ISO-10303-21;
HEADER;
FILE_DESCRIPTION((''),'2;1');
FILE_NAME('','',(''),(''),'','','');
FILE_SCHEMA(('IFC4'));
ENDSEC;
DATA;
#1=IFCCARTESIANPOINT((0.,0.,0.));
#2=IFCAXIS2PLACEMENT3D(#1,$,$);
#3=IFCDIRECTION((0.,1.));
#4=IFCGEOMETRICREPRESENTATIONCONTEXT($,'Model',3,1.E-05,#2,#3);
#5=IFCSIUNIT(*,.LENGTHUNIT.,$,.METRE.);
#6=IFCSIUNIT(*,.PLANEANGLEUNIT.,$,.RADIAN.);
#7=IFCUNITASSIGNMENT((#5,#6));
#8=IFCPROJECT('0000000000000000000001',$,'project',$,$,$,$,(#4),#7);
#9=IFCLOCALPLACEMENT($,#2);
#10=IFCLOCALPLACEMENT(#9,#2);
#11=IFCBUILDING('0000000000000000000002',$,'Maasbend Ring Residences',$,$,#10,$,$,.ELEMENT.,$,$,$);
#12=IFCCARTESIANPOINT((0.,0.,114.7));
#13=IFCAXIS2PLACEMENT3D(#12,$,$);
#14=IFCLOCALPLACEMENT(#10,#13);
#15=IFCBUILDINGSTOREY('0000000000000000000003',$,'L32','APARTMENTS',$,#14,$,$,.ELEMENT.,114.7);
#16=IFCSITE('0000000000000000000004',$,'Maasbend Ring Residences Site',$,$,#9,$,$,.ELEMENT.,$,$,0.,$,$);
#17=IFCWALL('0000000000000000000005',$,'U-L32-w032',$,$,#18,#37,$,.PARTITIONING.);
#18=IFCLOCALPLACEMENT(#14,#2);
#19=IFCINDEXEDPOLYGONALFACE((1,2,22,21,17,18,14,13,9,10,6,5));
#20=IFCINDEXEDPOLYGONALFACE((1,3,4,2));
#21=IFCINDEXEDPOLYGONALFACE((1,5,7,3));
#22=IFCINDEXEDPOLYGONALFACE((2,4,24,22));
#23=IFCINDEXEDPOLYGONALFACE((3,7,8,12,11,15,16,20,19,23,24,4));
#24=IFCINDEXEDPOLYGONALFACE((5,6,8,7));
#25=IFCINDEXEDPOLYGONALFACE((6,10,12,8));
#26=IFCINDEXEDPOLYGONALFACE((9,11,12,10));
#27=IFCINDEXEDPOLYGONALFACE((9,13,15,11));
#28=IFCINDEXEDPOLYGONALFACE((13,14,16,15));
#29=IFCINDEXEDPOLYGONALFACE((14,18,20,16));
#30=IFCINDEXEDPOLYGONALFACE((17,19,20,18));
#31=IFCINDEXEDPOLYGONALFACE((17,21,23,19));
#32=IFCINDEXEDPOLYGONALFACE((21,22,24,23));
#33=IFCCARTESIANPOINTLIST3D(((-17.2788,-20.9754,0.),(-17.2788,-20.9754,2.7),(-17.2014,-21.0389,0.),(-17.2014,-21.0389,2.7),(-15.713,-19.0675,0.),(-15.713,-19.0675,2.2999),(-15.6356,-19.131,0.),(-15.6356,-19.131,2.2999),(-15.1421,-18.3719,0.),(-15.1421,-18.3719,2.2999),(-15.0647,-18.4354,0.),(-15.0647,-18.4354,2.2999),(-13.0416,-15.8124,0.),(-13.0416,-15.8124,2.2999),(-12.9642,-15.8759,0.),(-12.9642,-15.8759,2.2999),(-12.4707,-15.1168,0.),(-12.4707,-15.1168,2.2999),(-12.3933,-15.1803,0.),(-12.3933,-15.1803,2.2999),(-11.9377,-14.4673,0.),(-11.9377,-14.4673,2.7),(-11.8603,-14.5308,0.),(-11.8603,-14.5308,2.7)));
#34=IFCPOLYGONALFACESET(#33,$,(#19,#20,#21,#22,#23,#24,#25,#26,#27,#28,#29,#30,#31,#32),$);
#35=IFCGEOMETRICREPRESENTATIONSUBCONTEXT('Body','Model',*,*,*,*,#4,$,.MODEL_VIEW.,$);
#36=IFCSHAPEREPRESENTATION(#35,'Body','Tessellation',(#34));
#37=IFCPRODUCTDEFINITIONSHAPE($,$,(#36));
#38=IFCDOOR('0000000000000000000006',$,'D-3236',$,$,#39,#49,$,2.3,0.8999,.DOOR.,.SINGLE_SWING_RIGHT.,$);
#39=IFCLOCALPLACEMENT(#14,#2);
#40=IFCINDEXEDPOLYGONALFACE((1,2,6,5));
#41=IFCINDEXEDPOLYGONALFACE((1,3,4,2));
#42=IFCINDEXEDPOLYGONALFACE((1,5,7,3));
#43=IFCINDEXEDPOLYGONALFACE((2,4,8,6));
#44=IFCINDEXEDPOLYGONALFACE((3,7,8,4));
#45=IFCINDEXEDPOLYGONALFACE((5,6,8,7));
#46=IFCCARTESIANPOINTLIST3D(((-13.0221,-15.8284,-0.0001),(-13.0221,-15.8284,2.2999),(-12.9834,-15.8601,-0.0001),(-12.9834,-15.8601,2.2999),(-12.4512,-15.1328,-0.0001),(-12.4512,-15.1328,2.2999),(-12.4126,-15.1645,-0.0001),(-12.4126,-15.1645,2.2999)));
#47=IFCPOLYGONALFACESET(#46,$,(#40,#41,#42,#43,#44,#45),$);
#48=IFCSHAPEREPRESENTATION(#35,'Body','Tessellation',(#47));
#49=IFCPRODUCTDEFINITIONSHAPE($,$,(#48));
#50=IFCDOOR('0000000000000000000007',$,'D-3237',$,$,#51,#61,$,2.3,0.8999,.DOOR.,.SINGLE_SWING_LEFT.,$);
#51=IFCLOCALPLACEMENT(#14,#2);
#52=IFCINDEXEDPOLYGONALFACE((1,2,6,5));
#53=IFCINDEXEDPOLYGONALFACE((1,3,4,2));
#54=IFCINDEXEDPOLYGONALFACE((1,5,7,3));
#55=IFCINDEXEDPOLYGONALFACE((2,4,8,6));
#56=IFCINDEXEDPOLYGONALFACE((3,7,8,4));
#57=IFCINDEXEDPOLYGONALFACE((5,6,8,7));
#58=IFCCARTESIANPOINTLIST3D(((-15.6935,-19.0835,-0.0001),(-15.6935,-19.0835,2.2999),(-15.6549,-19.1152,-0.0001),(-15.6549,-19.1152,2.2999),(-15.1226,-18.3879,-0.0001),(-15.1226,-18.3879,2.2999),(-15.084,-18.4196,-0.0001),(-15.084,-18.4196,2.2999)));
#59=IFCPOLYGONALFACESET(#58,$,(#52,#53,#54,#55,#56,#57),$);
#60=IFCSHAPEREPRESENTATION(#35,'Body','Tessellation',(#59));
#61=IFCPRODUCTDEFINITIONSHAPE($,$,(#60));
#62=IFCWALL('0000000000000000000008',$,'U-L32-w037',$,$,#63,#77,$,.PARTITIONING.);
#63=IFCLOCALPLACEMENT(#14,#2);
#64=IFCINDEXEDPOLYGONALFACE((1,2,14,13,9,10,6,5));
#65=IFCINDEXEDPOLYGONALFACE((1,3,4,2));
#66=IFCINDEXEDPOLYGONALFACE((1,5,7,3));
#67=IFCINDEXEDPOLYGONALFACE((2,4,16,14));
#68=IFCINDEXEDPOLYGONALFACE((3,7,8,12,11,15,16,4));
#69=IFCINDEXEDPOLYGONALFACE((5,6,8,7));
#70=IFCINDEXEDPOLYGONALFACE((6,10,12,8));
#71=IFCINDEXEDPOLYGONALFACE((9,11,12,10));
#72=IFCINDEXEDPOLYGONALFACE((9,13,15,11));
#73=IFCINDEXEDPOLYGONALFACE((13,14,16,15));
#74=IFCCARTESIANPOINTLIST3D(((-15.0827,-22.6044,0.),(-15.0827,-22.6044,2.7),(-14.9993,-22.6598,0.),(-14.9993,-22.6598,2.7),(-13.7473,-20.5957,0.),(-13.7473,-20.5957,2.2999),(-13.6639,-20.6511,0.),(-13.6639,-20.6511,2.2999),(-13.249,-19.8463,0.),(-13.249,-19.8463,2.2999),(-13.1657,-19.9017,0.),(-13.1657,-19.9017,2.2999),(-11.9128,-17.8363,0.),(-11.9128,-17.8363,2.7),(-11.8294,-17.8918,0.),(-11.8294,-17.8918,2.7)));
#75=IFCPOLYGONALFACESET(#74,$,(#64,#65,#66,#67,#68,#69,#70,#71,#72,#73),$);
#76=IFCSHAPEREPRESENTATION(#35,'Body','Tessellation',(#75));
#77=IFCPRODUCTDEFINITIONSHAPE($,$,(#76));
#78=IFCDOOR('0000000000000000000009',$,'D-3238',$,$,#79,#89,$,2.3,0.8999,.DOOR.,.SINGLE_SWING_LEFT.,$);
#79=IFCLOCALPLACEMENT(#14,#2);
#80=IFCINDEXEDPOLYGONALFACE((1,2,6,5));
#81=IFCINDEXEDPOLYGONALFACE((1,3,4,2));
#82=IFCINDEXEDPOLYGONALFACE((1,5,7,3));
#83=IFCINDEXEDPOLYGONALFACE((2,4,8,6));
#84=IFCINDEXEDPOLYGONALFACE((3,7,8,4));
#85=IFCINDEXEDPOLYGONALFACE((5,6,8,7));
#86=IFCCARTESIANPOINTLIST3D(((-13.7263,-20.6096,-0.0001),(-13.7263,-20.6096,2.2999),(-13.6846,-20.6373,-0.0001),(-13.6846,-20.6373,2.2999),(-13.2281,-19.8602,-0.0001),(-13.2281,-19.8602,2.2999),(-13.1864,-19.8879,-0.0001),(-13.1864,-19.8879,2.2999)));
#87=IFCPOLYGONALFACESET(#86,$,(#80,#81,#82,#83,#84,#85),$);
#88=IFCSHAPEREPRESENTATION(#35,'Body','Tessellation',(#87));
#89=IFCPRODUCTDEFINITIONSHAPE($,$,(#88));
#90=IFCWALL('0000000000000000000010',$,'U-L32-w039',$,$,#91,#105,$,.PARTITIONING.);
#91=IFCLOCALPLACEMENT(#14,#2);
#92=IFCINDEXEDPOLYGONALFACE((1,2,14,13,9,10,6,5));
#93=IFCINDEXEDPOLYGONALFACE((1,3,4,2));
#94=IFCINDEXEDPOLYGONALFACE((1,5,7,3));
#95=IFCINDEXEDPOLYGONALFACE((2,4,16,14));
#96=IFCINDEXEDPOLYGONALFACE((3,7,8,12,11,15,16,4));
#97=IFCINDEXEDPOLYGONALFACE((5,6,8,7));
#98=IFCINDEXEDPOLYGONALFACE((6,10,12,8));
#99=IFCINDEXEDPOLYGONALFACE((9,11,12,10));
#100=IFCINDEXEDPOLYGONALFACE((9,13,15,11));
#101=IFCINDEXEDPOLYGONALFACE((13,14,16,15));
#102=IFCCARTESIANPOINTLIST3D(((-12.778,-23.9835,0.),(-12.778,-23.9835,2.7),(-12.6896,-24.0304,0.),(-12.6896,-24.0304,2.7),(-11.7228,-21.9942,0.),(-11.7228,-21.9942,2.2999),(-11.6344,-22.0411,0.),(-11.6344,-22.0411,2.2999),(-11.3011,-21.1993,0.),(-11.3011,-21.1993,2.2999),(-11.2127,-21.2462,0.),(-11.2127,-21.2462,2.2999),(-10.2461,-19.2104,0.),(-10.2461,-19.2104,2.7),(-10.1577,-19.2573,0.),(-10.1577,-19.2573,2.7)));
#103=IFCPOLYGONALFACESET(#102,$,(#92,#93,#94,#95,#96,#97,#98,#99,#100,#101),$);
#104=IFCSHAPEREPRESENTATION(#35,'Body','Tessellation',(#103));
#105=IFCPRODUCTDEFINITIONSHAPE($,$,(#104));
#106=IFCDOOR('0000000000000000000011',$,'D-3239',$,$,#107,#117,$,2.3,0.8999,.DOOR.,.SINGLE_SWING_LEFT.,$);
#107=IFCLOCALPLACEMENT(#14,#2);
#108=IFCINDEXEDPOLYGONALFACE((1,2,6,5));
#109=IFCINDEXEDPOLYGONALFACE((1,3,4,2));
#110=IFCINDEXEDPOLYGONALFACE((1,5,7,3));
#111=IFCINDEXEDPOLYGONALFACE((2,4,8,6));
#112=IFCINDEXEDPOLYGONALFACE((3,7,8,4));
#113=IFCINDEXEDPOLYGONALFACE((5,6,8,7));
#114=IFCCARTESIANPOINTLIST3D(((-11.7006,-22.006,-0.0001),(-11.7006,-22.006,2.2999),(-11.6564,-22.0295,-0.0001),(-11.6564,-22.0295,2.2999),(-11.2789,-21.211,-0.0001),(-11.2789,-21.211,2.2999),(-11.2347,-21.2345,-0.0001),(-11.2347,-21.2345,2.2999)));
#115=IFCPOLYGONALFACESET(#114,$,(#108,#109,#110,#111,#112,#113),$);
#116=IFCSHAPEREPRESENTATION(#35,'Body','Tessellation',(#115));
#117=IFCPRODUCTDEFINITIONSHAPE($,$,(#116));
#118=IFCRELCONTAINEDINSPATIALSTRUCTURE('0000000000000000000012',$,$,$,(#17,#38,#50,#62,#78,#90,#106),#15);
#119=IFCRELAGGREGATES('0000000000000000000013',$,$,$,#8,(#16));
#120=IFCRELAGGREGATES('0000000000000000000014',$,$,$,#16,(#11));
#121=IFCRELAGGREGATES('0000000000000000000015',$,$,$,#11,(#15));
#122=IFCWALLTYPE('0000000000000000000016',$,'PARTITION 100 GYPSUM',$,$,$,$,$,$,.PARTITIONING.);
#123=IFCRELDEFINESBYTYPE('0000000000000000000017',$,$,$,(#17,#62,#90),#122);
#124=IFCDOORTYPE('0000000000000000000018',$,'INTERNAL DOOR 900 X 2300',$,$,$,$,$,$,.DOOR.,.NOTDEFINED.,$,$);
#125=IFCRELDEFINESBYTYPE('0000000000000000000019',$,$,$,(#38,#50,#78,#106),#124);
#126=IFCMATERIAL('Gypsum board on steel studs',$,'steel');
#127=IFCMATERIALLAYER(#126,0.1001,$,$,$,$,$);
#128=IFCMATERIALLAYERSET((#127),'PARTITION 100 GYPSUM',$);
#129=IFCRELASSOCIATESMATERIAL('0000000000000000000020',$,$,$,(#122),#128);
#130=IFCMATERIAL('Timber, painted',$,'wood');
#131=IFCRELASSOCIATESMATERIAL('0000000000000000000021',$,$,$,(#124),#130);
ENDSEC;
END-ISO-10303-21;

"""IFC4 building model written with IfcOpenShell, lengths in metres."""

from ifc_helpers import new_model, si_unit, direction, frame, frame_2d, origin, place, context, subcontext, project, spatial, rectangle, extrude, material, layer, layer_set, type_object, element, fill, save


model = new_model("IFC4")

# Units and contexts
model_context = context("Model", 3, precision=1e-05, world=origin(), true_north=direction((0.0, 1.0)))
body_context = subcontext(model_context, "Body", "Model", "MODEL_VIEW")
ifc_project = project(units=[si_unit("LENGTHUNIT", "METRE"), si_unit("PLANEANGLEUNIT", "RADIAN")], contexts=[model_context])

# Site, building, storey
site_placement = place(None, origin())
site = spatial("IfcSite", under=ifc_project, at=site_placement, Name="Maasbend Ring Residences Site", CompositionType="ELEMENT", RefElevation=0.0)
building_placement = place(site_placement, origin())
building = spatial("IfcBuilding", under=site, at=building_placement, Name="Maasbend Ring Residences", CompositionType="ELEMENT")
storey_placement = place(building_placement, frame((0.0, 0.0, 114.7)))
storey = spatial("IfcBuildingStorey", under=building, at=storey_placement, Name="L32", Description="APARTMENTS", CompositionType="ELEMENT", Elevation=114.7)

# Wall, openings, doors
ifc_material_1 = material(Name="Gypsum board on steel studs", Category="steel")
ifc_layer_1 = layer(ifc_material_1, 0.1001)
ifc_layer_set_1 = layer_set([ifc_layer_1], Name="PARTITION 100 GYPSUM")
wall_type_1 = type_object("IfcWallType", Name="PARTITION 100 GYPSUM", PredefinedType="PARTITIONING", material=ifc_layer_set_1)
wall_1_placement = place(storey_placement, frame((-17.24, -21.0071, 0.0), z_axis=(0.0, 0.0, 1.0), x_axis=(0.634396, 0.773008, 0.0)))
wall_1 = element("IfcWall", 1, at=wall_1_placement, inside=storey, type_object=wall_type_1, Name="U-L32-w032", PredefinedType="PARTITIONING", context=body_context, shape_type="SweptSolid", body=[
    extrude(rectangle(XDim=8.4192, YDim=0.1001, at=frame_2d((4.2095, 0.0))), origin(), (0.0, 0.0, 1.0), 2.7),
])
opening_1_placement = place(wall_1_placement, frame((6.679, 0.0, 0.0)))
opening_1 = element("IfcOpeningElement", 2, at=opening_1_placement, cuts=wall_1, PredefinedType="OPENING", context=body_context, shape_type="SweptSolid", body=[
    extrude(rectangle(XDim=0.8999, YDim=2.3, at=frame_2d((0.45, 1.1499))), frame((0.0, 0.0601, 0.0), z_axis=(0.0, -1.0, 0.0), x_axis=(1.0, 0.0, 0.0)), (0.0, 0.0, 1.0), 0.1201),
])
opening_2_placement = place(wall_1_placement, frame((2.468, 0.0, 0.0)))
opening_2 = element("IfcOpeningElement", 3, at=opening_2_placement, cuts=wall_1, PredefinedType="OPENING", context=body_context, shape_type="SweptSolid", body=[
    extrude(rectangle(XDim=0.8999, YDim=2.3, at=frame_2d((0.45, 1.1499))), frame((0.0, 0.0601, 0.0), z_axis=(0.0, -1.0, 0.0), x_axis=(1.0, 0.0, 0.0)), (0.0, 0.0, 1.0), 0.1201),
])
ifc_material_2 = material(Name="Timber, painted", Category="wood")
door_type_1 = type_object("IfcDoorType", Name="INTERNAL DOOR 900 X 2300", OperationType="NOTDEFINED", PredefinedType="DOOR", material=ifc_material_2)
door_1_placement = place(opening_1_placement, origin())
door_1 = element("IfcDoor", 4, at=door_1_placement, inside=storey, type_object=door_type_1, Name="D-3236", OperationType="SINGLE_SWING_RIGHT", OverallHeight=2.3, OverallWidth=0.8999, PredefinedType="DOOR", context=body_context, shape_type="SweptSolid", body=[
    extrude(rectangle(XDim=0.8999, YDim=2.3, at=frame_2d((0.45, 1.1499))), frame((0.0, 0.0249, 0.0), z_axis=(0.0, -1.0, 0.0), x_axis=(1.0, 0.0, 0.0)), (0.0, 0.0, 1.0), 0.05),
])
fill(opening_1, door_1)
door_2_placement = place(opening_2_placement, origin())
door_2 = element("IfcDoor", 5, at=door_2_placement, inside=storey, type_object=door_type_1, Name="D-3237", OperationType="SINGLE_SWING_LEFT", OverallHeight=2.3, OverallWidth=0.8999, PredefinedType="DOOR", context=body_context, shape_type="SweptSolid", body=[
    extrude(rectangle(XDim=0.8999, YDim=2.3, at=frame_2d((0.45, 1.1499))), frame((0.0, 0.0249, 0.0), z_axis=(0.0, -1.0, 0.0), x_axis=(1.0, 0.0, 0.0)), (0.0, 0.0, 1.0), 0.05),
])
fill(opening_2, door_2)

# Walls, openings, doors
wall_2_placement = place(storey_placement, frame((-15.041, -22.6321, 0.0), z_axis=(0.0, 0.0, 1.0), x_axis=(0.553637, 0.832758, 0.0)))
wall_2 = element("IfcWall", 6, at=wall_2_placement, inside=storey, type_object=wall_type_1, Name="U-L32-w037", PredefinedType="PARTITIONING", context=body_context, shape_type="SweptSolid", body=[
    extrude(rectangle(XDim=5.7256, YDim=0.1001, at=frame_2d((2.8628, 0.0))), origin(), (0.0, 0.0, 1.0), 2.7),
])
opening_3_placement = place(wall_2_placement, frame((2.4121, 0.0, 0.0)))
opening_3 = element("IfcOpeningElement", 7, at=opening_3_placement, cuts=wall_2, PredefinedType="OPENING", context=body_context, shape_type="SweptSolid", body=[
    extrude(rectangle(XDim=0.8999, YDim=2.3, at=frame_2d((0.45, 1.1499))), frame((0.0, 0.0601, 0.0), z_axis=(0.0, -1.0, 0.0), x_axis=(1.0, 0.0, 0.0)), (0.0, 0.0, 1.0), 0.1201),
])
door_3_placement = place(opening_3_placement, origin())
door_3 = element("IfcDoor", 8, at=door_3_placement, inside=storey, type_object=door_type_1, Name="D-3238", OperationType="SINGLE_SWING_LEFT", OverallHeight=2.3, OverallWidth=0.8999, PredefinedType="DOOR", context=body_context, shape_type="SweptSolid", body=[
    extrude(rectangle(XDim=0.8999, YDim=2.3, at=frame_2d((0.45, 1.1499))), frame((0.0, 0.0249, 0.0), z_axis=(0.0, -1.0, 0.0), x_axis=(1.0, 0.0, 0.0)), (0.0, 0.0, 1.0), 0.05),
])
fill(opening_3, door_3)
wall_3_placement = place(storey_placement, frame((-12.7339, -24.0071, 0.0), z_axis=(0.0, 0.0, 1.0), x_axis=(0.46861, 0.883405, 0.0)))
wall_3 = element("IfcWall", 9, at=wall_3_placement, inside=storey, type_object=wall_type_1, Name="U-L32-w039", PredefinedType="PARTITIONING", context=body_context, shape_type="SweptSolid", body=[
    extrude(rectangle(XDim=5.4031, YDim=0.1001, at=frame_2d((2.7017, 0.0))), origin(), (0.0, 0.0, 1.0), 2.7),
])
opening_4_placement = place(wall_3_placement, frame((2.252, 0.0, 0.0)))
opening_4 = element("IfcOpeningElement", 10, at=opening_4_placement, cuts=wall_3, PredefinedType="OPENING", context=body_context, shape_type="SweptSolid", body=[
    extrude(rectangle(XDim=0.8999, YDim=2.3, at=frame_2d((0.45, 1.1499))), frame((0.0, 0.0601, 0.0), z_axis=(0.0, -1.0, 0.0), x_axis=(1.0, 0.0, 0.0)), (0.0, 0.0, 1.0), 0.1201),
])
door_4_placement = place(opening_4_placement, origin())
door_4 = element("IfcDoor", 11, at=door_4_placement, inside=storey, type_object=door_type_1, Name="D-3239", OperationType="SINGLE_SWING_LEFT", OverallHeight=2.3, OverallWidth=0.8999, PredefinedType="DOOR", context=body_context, shape_type="SweptSolid", body=[
    extrude(rectangle(XDim=0.8999, YDim=2.3, at=frame_2d((0.45, 1.1499))), frame((0.0, 0.0249, 0.0), z_axis=(0.0, -1.0, 0.0), x_axis=(1.0, 0.0, 0.0)), (0.0, 0.0, 1.0), 0.05),
])
fill(opening_4, door_4)

save(model, "model.ifc")
